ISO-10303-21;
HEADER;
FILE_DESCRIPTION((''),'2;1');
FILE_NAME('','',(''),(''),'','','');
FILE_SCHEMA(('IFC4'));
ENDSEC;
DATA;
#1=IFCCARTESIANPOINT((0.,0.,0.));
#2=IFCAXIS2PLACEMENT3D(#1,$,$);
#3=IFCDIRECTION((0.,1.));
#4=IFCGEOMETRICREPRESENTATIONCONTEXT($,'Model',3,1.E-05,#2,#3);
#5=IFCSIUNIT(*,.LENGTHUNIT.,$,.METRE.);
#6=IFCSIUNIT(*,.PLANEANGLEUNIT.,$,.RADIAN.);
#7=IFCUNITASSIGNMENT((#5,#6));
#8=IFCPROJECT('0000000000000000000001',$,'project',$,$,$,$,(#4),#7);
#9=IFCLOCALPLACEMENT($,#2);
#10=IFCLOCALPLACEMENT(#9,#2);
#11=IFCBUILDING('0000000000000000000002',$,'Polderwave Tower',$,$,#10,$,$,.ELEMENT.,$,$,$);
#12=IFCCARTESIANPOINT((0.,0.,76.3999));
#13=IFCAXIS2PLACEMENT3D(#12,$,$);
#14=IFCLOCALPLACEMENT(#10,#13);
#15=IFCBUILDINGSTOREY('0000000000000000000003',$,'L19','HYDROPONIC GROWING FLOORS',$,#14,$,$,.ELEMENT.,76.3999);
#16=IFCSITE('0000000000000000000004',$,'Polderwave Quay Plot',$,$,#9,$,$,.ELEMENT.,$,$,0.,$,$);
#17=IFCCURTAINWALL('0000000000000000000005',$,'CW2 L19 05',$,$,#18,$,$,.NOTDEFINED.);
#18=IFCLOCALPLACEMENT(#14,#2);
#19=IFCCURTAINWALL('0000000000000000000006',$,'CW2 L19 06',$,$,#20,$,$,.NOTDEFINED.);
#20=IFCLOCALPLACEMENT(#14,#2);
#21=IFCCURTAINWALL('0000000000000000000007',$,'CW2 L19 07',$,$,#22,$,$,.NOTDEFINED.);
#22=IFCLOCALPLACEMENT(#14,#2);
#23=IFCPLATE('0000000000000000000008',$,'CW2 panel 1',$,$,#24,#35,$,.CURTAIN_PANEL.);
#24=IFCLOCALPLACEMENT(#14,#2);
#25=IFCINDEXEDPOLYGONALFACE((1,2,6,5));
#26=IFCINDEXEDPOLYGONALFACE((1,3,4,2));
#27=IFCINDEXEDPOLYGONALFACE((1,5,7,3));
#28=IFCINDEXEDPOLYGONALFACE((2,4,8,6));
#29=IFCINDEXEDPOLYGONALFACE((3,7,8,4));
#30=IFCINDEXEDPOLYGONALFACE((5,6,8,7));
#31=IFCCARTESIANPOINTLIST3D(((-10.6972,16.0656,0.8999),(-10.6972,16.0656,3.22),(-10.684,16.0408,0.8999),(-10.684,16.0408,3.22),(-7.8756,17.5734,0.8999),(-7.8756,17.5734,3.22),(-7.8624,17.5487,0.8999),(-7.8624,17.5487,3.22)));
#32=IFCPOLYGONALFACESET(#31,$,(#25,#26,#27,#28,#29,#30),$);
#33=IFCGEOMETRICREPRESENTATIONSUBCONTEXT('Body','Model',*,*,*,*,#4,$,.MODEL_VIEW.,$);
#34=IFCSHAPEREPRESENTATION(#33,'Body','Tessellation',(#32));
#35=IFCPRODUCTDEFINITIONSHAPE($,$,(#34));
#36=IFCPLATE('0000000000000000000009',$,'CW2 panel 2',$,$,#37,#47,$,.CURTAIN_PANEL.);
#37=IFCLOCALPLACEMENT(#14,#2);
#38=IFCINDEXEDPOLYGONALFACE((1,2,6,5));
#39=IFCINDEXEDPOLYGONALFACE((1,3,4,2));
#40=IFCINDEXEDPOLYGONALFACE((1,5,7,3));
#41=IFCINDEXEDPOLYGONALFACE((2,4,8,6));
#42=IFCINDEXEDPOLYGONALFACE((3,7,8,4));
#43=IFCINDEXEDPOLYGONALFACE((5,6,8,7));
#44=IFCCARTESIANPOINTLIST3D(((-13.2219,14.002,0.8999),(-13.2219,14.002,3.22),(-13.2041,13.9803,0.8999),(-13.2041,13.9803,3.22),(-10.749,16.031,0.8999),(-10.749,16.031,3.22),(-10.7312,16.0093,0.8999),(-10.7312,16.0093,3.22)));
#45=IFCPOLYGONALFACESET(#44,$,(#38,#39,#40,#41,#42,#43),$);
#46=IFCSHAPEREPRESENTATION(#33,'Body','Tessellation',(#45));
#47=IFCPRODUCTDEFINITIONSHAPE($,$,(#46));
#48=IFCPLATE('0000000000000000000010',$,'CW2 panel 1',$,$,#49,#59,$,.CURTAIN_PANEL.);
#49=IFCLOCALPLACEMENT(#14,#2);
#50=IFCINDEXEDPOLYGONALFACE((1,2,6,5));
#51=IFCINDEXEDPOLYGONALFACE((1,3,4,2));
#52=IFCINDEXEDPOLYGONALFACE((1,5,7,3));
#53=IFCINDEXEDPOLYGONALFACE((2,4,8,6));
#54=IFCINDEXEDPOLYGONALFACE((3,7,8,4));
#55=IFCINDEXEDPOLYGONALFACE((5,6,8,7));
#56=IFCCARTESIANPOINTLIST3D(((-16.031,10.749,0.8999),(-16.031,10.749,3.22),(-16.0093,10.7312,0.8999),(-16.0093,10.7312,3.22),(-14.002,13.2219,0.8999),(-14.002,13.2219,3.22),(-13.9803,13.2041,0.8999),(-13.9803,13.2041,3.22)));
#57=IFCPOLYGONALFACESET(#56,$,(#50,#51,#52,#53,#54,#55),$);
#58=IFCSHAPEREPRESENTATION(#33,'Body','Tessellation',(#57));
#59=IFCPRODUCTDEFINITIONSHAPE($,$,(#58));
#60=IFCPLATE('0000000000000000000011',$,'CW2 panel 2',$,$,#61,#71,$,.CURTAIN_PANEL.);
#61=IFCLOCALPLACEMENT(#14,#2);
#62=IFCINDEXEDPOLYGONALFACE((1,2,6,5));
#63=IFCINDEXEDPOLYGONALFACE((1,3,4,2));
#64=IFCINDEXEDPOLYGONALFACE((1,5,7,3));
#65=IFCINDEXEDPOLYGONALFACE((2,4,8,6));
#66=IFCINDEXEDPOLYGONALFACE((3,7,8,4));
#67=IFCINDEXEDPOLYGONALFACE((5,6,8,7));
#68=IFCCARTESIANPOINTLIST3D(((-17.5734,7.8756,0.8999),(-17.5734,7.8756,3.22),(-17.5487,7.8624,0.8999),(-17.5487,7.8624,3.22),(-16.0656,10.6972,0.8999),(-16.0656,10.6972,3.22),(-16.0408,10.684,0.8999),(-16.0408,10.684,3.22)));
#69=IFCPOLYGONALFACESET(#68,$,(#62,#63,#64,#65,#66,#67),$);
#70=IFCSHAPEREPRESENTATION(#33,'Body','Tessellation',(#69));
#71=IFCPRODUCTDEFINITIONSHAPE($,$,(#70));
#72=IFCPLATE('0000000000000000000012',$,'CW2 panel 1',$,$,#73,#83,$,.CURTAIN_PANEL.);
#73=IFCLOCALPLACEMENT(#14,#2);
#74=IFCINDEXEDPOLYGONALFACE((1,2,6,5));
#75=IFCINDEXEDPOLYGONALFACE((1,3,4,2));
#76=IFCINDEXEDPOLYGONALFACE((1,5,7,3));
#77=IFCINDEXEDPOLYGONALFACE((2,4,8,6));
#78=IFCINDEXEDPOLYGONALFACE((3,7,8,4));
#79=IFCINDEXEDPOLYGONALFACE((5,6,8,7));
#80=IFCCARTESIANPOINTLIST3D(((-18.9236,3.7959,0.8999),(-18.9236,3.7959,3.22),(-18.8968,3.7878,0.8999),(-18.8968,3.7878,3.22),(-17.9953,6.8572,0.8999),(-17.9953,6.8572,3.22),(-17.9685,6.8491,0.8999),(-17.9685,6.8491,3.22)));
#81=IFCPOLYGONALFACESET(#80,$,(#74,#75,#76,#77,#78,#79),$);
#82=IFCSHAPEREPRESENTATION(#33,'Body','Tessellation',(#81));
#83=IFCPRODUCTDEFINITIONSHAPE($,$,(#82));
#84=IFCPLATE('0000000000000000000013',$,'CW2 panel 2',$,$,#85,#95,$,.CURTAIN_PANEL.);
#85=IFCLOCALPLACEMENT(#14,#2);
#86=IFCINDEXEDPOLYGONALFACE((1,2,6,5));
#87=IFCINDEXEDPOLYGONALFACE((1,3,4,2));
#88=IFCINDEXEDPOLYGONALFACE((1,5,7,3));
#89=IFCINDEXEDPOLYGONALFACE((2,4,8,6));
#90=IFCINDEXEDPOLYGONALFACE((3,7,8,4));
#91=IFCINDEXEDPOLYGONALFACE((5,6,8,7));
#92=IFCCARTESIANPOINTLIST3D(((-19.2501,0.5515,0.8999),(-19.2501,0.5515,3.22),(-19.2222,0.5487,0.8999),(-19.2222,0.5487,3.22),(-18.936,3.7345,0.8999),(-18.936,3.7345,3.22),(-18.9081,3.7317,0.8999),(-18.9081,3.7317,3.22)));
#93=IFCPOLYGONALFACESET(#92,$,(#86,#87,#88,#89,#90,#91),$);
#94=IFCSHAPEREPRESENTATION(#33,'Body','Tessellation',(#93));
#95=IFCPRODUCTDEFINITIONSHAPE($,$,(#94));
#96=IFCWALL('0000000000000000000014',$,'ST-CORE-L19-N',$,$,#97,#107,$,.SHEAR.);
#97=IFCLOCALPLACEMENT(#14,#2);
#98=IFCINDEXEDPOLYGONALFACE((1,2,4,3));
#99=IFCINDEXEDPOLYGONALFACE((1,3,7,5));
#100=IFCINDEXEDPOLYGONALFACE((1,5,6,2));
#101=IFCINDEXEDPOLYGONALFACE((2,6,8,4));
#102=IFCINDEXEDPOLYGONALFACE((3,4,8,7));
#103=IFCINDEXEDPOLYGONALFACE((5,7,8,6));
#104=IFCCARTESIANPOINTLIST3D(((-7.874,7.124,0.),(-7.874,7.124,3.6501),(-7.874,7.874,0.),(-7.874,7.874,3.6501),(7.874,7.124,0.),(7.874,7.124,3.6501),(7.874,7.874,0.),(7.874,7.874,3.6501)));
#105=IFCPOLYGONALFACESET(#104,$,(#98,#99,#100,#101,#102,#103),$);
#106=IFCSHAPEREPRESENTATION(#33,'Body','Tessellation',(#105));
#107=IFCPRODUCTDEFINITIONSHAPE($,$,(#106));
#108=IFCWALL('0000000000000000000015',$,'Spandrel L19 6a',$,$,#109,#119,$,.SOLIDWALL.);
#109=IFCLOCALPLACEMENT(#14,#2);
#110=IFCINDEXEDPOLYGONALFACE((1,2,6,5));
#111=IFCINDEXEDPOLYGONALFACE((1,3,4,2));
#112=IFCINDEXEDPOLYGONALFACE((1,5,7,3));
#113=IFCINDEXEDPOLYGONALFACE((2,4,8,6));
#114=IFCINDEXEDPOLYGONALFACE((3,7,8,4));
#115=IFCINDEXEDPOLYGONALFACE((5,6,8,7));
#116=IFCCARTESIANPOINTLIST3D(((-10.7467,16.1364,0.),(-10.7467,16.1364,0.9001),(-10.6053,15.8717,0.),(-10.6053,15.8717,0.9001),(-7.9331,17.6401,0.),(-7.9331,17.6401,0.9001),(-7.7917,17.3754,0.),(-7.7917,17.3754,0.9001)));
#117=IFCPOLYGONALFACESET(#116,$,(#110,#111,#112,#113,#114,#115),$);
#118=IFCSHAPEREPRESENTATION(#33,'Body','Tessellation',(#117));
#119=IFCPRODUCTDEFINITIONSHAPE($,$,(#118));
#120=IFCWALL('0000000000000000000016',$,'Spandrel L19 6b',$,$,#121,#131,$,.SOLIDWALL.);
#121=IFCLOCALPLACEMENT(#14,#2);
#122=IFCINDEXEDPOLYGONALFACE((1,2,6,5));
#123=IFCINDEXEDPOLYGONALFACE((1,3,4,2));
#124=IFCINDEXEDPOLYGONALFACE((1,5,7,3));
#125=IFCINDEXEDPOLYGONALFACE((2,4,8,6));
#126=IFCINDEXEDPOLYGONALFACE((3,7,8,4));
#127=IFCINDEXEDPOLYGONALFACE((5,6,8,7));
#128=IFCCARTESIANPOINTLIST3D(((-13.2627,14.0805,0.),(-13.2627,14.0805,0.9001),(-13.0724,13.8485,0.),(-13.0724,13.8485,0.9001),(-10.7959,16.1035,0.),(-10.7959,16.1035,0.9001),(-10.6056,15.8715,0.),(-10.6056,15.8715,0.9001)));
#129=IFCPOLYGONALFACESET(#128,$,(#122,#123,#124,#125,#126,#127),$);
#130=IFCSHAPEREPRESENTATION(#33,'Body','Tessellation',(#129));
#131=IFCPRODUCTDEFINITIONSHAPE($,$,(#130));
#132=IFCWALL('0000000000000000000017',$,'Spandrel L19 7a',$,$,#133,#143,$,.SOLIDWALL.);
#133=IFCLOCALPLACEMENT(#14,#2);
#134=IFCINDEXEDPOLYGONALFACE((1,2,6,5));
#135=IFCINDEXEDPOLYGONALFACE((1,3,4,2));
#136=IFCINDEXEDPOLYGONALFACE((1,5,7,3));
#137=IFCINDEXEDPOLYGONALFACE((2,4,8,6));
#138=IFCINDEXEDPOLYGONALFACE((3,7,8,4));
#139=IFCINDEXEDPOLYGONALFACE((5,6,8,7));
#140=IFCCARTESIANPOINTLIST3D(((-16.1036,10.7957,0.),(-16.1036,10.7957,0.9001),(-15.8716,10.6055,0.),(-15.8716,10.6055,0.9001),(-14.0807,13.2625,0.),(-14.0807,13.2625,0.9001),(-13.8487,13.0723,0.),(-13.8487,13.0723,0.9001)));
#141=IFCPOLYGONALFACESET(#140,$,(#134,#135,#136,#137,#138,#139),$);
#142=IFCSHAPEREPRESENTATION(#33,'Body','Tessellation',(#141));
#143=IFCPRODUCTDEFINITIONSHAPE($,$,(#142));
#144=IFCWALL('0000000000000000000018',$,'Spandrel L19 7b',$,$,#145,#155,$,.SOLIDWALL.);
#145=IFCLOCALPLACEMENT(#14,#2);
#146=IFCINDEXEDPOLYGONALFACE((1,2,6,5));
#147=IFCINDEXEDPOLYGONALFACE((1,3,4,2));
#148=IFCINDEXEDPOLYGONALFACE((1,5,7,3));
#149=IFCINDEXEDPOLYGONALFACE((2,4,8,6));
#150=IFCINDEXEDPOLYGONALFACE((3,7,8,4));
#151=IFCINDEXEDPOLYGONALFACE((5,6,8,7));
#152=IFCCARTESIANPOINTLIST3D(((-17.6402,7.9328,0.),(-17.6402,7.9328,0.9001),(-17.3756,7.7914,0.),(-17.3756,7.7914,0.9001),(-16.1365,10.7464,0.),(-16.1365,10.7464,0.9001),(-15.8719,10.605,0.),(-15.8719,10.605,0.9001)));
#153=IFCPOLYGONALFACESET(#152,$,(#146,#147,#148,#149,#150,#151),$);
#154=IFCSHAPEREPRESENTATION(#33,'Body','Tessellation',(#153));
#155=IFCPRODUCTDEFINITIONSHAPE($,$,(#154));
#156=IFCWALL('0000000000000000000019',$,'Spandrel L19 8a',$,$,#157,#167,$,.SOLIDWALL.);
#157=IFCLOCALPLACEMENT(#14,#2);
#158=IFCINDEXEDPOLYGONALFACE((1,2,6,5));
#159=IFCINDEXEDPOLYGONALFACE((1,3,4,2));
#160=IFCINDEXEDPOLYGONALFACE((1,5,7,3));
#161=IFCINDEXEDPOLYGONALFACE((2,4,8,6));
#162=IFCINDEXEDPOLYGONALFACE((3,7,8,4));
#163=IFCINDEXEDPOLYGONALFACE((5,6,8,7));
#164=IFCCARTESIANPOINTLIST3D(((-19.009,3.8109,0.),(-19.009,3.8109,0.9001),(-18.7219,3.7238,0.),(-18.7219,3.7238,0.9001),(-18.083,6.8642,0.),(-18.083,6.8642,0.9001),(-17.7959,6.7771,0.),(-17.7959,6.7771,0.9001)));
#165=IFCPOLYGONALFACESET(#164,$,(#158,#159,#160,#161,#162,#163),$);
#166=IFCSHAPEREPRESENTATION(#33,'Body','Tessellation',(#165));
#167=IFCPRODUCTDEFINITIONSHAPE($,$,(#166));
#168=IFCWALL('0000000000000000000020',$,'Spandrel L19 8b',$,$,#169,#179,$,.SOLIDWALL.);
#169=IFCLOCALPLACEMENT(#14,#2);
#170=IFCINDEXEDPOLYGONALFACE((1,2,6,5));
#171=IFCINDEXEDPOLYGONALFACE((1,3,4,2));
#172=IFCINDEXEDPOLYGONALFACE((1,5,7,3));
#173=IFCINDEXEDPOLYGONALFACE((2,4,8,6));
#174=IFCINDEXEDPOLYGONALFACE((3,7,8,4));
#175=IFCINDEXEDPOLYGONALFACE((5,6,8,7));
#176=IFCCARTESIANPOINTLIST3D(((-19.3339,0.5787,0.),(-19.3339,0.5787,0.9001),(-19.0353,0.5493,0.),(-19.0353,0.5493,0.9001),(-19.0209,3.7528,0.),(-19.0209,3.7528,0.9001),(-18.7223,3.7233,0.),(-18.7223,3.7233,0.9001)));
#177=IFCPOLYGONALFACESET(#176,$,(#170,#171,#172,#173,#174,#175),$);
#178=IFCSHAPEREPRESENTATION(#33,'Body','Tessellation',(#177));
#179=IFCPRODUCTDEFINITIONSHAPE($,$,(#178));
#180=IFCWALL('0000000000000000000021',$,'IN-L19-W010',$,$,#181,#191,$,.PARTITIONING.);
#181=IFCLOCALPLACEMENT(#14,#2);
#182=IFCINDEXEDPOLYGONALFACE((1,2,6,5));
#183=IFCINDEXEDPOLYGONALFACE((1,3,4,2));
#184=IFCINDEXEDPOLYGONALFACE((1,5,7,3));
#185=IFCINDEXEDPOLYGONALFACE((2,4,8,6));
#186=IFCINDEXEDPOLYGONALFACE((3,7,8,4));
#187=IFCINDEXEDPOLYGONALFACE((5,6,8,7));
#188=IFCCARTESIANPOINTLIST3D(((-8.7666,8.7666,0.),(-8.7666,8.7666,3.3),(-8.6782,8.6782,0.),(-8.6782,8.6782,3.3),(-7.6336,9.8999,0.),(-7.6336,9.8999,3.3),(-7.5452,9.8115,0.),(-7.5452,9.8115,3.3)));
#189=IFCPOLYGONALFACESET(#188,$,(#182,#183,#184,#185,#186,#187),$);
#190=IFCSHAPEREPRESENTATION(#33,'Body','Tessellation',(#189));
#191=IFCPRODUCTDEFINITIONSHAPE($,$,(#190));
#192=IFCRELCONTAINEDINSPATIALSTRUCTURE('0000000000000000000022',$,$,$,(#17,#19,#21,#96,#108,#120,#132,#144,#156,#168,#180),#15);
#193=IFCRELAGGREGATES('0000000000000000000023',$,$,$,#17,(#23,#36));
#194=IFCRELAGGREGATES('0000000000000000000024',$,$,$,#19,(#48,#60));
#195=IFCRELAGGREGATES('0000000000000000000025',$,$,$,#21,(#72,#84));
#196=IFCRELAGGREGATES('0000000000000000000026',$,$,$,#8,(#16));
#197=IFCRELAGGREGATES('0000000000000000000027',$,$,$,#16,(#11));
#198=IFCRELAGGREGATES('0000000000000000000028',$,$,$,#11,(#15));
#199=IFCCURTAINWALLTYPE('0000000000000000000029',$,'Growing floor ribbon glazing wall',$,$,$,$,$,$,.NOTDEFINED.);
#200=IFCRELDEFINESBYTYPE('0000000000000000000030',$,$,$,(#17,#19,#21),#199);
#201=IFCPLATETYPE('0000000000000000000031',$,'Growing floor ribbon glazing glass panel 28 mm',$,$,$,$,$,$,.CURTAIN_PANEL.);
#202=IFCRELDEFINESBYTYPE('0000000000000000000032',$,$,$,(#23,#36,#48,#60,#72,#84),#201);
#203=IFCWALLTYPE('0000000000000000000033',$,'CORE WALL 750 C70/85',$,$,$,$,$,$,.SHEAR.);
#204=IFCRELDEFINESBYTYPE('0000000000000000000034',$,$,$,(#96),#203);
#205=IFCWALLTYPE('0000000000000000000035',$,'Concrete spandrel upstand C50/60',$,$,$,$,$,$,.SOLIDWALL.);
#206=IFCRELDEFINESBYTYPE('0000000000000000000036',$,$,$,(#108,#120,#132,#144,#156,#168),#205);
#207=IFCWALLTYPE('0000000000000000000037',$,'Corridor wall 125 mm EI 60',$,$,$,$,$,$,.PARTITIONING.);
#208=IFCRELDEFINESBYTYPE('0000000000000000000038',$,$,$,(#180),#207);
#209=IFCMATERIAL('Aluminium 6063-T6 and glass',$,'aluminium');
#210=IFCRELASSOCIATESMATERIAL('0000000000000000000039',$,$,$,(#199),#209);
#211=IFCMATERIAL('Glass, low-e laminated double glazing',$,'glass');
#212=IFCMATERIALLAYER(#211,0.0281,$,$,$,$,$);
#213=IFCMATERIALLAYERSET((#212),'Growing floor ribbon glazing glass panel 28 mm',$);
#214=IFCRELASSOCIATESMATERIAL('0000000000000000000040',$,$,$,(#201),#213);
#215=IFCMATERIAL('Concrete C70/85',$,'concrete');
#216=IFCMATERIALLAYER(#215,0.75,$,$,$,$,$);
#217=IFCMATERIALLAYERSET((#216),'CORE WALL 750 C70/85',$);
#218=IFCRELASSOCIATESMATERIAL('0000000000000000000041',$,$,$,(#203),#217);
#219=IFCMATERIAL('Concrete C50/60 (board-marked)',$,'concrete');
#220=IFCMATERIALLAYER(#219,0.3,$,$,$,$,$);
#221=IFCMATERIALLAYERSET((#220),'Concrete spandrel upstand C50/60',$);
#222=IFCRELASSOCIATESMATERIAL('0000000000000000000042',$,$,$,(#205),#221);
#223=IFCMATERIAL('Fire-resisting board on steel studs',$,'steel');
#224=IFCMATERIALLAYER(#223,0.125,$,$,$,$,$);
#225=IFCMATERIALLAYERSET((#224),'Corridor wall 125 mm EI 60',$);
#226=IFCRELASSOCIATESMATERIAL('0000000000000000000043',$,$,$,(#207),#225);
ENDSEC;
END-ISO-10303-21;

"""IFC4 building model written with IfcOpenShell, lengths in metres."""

from ifc_helpers import new_model, si_unit, direction, frame, frame_2d, origin, origin_2d, place, context, subcontext, project, spatial, rectangle, extrude, material, layer, layer_set, type_object, element, aggregate, save


model = new_model("IFC4")

# Units and contexts
model_context = context("Model", 3, precision=1e-05, world=origin(), true_north=direction((0.0, 1.0)))
body_context = subcontext(model_context, "Body", "Model", "MODEL_VIEW")
ifc_project = project(units=[si_unit("LENGTHUNIT", "METRE"), si_unit("PLANEANGLEUNIT", "RADIAN")], contexts=[model_context])

# Site, building, storey
site_placement = place(None, origin())
site = spatial("IfcSite", under=ifc_project, at=site_placement, Name="Polderwave Quay Plot", CompositionType="ELEMENT", RefElevation=0.0)
building_placement = place(site_placement, origin())
building = spatial("IfcBuilding", under=site, at=building_placement, Name="Polderwave Tower", CompositionType="ELEMENT")
storey_placement = place(building_placement, frame((0.0, 0.0, 76.3999)))
storey = spatial("IfcBuildingStorey", under=building, at=storey_placement, Name="L19", Description="HYDROPONIC GROWING FLOORS", CompositionType="ELEMENT", Elevation=76.3999)

# Shared definitions
ifc_material_1 = material(Name="Concrete C70/85", Category="concrete")

# Curtain walls
ifc_material_2 = material(Name="Aluminium 6063-T6 and glass", Category="aluminium")
curtain_wall_type = type_object("IfcCurtainWallType", Name="Growing floor ribbon glazing wall", PredefinedType="NOTDEFINED", material=ifc_material_2)
curtain_wall_1_placement = place(storey_placement, origin())
curtain_wall_1 = element("IfcCurtainWall", 1, at=curtain_wall_1_placement, inside=storey, type_object=curtain_wall_type, Name="CW2 L19 05", PredefinedType="NOTDEFINED")
curtain_wall_2_placement = place(storey_placement, origin())
curtain_wall_2 = element("IfcCurtainWall", 2, at=curtain_wall_2_placement, inside=storey, type_object=curtain_wall_type, Name="CW2 L19 06", PredefinedType="NOTDEFINED")
curtain_wall_3_placement = place(storey_placement, origin())
curtain_wall_3 = element("IfcCurtainWall", 3, at=curtain_wall_3_placement, inside=storey, type_object=curtain_wall_type, Name="CW2 L19 07", PredefinedType="NOTDEFINED")

# Plates
ifc_material_3 = material(Name="Glass, low-e laminated double glazing", Category="glass")
ifc_layer_1 = layer(ifc_material_3, 0.0281)
ifc_layer_set_1 = layer_set([ifc_layer_1], Name="Growing floor ribbon glazing glass panel 28 mm")
plate_type = type_object("IfcPlateType", Name="Growing floor ribbon glazing glass panel 28 mm", PredefinedType="CURTAIN_PANEL", material=ifc_layer_set_1)
plate_1_placement = place(storey_placement, frame((-9.2798, 16.8071, 0.8999), z_axis=(0.0, 0.0, 1.0), x_axis=(-0.881958, -0.471327, 0.0)))
plate_1 = element("IfcPlate", 4, at=plate_1_placement, type_object=plate_type, Name="CW2 panel 1", PredefinedType="CURTAIN_PANEL", context=body_context, shape_type="SweptSolid", body=[
    extrude(rectangle(XDim=3.1992, YDim=0.0281, at=origin_2d()), origin(), (0.0, 0.0, 1.0), 2.3201),
])
plate_2_placement = place(storey_placement, frame((-11.9766, 15.0056, 0.8999), z_axis=(0.0, 0.0, 1.0), x_axis=(-0.773074, -0.634316, 0.0)))
plate_2 = element("IfcPlate", 5, at=plate_2_placement, type_object=plate_type, Name="CW2 panel 2", PredefinedType="CURTAIN_PANEL", context=body_context, shape_type="SweptSolid", body=[
    extrude(rectangle(XDim=3.1987, YDim=0.0281, at=origin_2d()), origin(), (0.0, 0.0, 1.0), 2.3201),
])
aggregate(curtain_wall_1, [plate_1, plate_2])
plate_3_placement = place(storey_placement, frame((-15.0056, 11.9766, 0.8999), z_axis=(0.0, 0.0, 1.0), x_axis=(-0.634316, -0.773074, 0.0)))
plate_3 = element("IfcPlate", 6, at=plate_3_placement, type_object=plate_type, Name="CW2 panel 1", PredefinedType="CURTAIN_PANEL", context=body_context, shape_type="SweptSolid", body=[
    extrude(rectangle(XDim=3.1987, YDim=0.0281, at=origin_2d()), origin(), (0.0, 0.0, 1.0), 2.3201),
])
plate_4_placement = place(storey_placement, frame((-16.8071, 9.2798, 0.8999), z_axis=(0.0, 0.0, 1.0), x_axis=(-0.471327, -0.881958, 0.0)))
plate_4 = element("IfcPlate", 7, at=plate_4_placement, type_object=plate_type, Name="CW2 panel 2", PredefinedType="CURTAIN_PANEL", context=body_context, shape_type="SweptSolid", body=[
    extrude(rectangle(XDim=3.1992, YDim=0.0281, at=origin_2d()), origin(), (0.0, 0.0, 1.0), 2.3201),
])
aggregate(curtain_wall_2, [plate_3, plate_4])
plate_5_placement = place(storey_placement, frame((-18.446, 5.3225, 0.8999), z_axis=(0.0, 0.0, 1.0), x_axis=(-0.290188, -0.95697, 0.0)))
plate_5 = element("IfcPlate", 8, at=plate_5_placement, type_object=plate_type, Name="CW2 panel 1", PredefinedType="CURTAIN_PANEL", context=body_context, shape_type="SweptSolid", body=[
    extrude(rectangle(XDim=3.199, YDim=0.0281, at=origin_2d()), origin(), (0.0, 0.0, 1.0), 2.3201),
])
plate_6_placement = place(storey_placement, frame((-19.0791, 2.1416, 0.8999), z_axis=(0.0, 0.0, 1.0), x_axis=(-0.098186, -0.995168, 0.0)))
plate_6 = element("IfcPlate", 9, at=plate_6_placement, type_object=plate_type, Name="CW2 panel 2", PredefinedType="CURTAIN_PANEL", context=body_context, shape_type="SweptSolid", body=[
    extrude(rectangle(XDim=3.1985, YDim=0.0281, at=origin_2d()), origin(), (0.0, 0.0, 1.0), 2.3201),
])
aggregate(curtain_wall_3, [plate_5, plate_6])

# Walls
ifc_layer_2 = layer(ifc_material_1, 0.75)
ifc_layer_set_2 = layer_set([ifc_layer_2], Name="CORE WALL 750 C70/85")
wall_type_1 = type_object("IfcWallType", Name="CORE WALL 750 C70/85", PredefinedType="SHEAR", material=ifc_layer_set_2)
wall_1_placement = place(storey_placement, frame((-7.874, 7.499, 0.0), z_axis=(0.0, 0.0, 1.0), x_axis=(1.0, 0.0, 0.0)))
element("IfcWall", 10, at=wall_1_placement, inside=storey, type_object=wall_type_1, Name="ST-CORE-L19-N", PredefinedType="SHEAR", context=body_context, shape_type="SweptSolid", body=[
    extrude(rectangle(XDim=15.748, YDim=0.75, at=frame_2d((7.874, 0.0))), origin(), (0.0, 0.0, 1.0), 3.6501),
])
ifc_material_4 = material(Name="Concrete C50/60 (board-marked)", Category="concrete")
ifc_layer_3 = layer(ifc_material_4, 0.3)
ifc_layer_set_3 = layer_set([ifc_layer_3], Name="Concrete spandrel upstand C50/60")
wall_type_2 = type_object("IfcWallType", Name="Concrete spandrel upstand C50/60", PredefinedType="SOLIDWALL", material=ifc_layer_set_3)
for number, where, z_axis, x_axis, name in (
    (11, (-7.8623, 17.5078, 0.0), (0.0, 0.0, 1.0), (-0.881944, -0.471355, 0.0), "Spandrel L19 6a"),
    (12, (-10.7007, 15.9875, 0.0), (0.0, 0.0, 1.0), (-0.773241, -0.634113, 0.0), "Spandrel L19 6b"),
    (13, (-13.9646, 13.1675, 0.0), (0.0, 0.0, 1.0), (-0.634113, -0.773241, 0.0), "Spandrel L19 7a"),
    (14, (-16.0042, 10.6758, 0.0), (0.0, 0.0, 1.0), (-0.471355, -0.881944, 0.0), "Spandrel L19 7b"),
):
    element("IfcWall", number, at=place(storey_placement, frame(where, z_axis=z_axis, x_axis=x_axis)), inside=storey, type_object=wall_type_2, Name=name, PredefinedType="SOLIDWALL", context=body_context, shape_type="SweptSolid", body=[
        extrude(rectangle(XDim=3.1902, YDim=0.3, at=frame_2d((1.5952, 0.0))), origin(), (0.0, 0.0, 1.0), 0.9001),
    ])
wall_2_placement = place(storey_placement, frame((-17.9395, 6.8206, 0.0), z_axis=(0.0, 0.0, 1.0), x_axis=(-0.290239, -0.956954, 0.0)))
element("IfcWall", 15, at=wall_2_placement, inside=storey, type_object=wall_type_2, Name="Spandrel L19 8a", PredefinedType="SOLIDWALL", context=body_context, shape_type="SweptSolid", body=[
    extrude(rectangle(XDim=3.1907, YDim=0.3, at=frame_2d((1.5952, 0.0))), origin(), (0.0, 0.0, 1.0), 0.9001),
])
wall_3_placement = place(storey_placement, frame((-18.8716, 3.738, 0.0), z_axis=(0.0, 0.0, 1.0), x_axis=(-0.098132, -0.995173, 0.0)))
element("IfcWall", 16, at=wall_3_placement, inside=storey, type_object=wall_type_2, Name="Spandrel L19 8b", PredefinedType="SOLIDWALL", context=body_context, shape_type="SweptSolid", body=[
    extrude(rectangle(XDim=3.1895, YDim=0.3, at=frame_2d((1.5947, 0.0))), origin(), (0.0, 0.0, 1.0), 0.9001),
])
ifc_material_5 = material(Name="Fire-resisting board on steel studs", Category="steel")
ifc_layer_4 = layer(ifc_material_5, 0.125)
ifc_layer_set_4 = layer_set([ifc_layer_4], Name="Corridor wall 125 mm EI 60")
wall_type_3 = type_object("IfcWallType", Name="Corridor wall 125 mm EI 60", PredefinedType="PARTITIONING", material=ifc_layer_set_4)
wall_4_placement = place(storey_placement, frame((-8.7224, 8.7224, 0.0), z_axis=(0.0, 0.0, 1.0), x_axis=(0.707031, 0.707183, 0.0)))
element("IfcWall", 17, at=wall_4_placement, inside=storey, type_object=wall_type_3, Name="IN-L19-W010", PredefinedType="PARTITIONING", context=body_context, shape_type="SweptSolid", body=[
    extrude(rectangle(XDim=1.6025, YDim=0.125, at=frame_2d((0.8013, 0.0))), origin(), (0.0, 0.0, 1.0), 3.3),
])

save(model, "model.ifc")
